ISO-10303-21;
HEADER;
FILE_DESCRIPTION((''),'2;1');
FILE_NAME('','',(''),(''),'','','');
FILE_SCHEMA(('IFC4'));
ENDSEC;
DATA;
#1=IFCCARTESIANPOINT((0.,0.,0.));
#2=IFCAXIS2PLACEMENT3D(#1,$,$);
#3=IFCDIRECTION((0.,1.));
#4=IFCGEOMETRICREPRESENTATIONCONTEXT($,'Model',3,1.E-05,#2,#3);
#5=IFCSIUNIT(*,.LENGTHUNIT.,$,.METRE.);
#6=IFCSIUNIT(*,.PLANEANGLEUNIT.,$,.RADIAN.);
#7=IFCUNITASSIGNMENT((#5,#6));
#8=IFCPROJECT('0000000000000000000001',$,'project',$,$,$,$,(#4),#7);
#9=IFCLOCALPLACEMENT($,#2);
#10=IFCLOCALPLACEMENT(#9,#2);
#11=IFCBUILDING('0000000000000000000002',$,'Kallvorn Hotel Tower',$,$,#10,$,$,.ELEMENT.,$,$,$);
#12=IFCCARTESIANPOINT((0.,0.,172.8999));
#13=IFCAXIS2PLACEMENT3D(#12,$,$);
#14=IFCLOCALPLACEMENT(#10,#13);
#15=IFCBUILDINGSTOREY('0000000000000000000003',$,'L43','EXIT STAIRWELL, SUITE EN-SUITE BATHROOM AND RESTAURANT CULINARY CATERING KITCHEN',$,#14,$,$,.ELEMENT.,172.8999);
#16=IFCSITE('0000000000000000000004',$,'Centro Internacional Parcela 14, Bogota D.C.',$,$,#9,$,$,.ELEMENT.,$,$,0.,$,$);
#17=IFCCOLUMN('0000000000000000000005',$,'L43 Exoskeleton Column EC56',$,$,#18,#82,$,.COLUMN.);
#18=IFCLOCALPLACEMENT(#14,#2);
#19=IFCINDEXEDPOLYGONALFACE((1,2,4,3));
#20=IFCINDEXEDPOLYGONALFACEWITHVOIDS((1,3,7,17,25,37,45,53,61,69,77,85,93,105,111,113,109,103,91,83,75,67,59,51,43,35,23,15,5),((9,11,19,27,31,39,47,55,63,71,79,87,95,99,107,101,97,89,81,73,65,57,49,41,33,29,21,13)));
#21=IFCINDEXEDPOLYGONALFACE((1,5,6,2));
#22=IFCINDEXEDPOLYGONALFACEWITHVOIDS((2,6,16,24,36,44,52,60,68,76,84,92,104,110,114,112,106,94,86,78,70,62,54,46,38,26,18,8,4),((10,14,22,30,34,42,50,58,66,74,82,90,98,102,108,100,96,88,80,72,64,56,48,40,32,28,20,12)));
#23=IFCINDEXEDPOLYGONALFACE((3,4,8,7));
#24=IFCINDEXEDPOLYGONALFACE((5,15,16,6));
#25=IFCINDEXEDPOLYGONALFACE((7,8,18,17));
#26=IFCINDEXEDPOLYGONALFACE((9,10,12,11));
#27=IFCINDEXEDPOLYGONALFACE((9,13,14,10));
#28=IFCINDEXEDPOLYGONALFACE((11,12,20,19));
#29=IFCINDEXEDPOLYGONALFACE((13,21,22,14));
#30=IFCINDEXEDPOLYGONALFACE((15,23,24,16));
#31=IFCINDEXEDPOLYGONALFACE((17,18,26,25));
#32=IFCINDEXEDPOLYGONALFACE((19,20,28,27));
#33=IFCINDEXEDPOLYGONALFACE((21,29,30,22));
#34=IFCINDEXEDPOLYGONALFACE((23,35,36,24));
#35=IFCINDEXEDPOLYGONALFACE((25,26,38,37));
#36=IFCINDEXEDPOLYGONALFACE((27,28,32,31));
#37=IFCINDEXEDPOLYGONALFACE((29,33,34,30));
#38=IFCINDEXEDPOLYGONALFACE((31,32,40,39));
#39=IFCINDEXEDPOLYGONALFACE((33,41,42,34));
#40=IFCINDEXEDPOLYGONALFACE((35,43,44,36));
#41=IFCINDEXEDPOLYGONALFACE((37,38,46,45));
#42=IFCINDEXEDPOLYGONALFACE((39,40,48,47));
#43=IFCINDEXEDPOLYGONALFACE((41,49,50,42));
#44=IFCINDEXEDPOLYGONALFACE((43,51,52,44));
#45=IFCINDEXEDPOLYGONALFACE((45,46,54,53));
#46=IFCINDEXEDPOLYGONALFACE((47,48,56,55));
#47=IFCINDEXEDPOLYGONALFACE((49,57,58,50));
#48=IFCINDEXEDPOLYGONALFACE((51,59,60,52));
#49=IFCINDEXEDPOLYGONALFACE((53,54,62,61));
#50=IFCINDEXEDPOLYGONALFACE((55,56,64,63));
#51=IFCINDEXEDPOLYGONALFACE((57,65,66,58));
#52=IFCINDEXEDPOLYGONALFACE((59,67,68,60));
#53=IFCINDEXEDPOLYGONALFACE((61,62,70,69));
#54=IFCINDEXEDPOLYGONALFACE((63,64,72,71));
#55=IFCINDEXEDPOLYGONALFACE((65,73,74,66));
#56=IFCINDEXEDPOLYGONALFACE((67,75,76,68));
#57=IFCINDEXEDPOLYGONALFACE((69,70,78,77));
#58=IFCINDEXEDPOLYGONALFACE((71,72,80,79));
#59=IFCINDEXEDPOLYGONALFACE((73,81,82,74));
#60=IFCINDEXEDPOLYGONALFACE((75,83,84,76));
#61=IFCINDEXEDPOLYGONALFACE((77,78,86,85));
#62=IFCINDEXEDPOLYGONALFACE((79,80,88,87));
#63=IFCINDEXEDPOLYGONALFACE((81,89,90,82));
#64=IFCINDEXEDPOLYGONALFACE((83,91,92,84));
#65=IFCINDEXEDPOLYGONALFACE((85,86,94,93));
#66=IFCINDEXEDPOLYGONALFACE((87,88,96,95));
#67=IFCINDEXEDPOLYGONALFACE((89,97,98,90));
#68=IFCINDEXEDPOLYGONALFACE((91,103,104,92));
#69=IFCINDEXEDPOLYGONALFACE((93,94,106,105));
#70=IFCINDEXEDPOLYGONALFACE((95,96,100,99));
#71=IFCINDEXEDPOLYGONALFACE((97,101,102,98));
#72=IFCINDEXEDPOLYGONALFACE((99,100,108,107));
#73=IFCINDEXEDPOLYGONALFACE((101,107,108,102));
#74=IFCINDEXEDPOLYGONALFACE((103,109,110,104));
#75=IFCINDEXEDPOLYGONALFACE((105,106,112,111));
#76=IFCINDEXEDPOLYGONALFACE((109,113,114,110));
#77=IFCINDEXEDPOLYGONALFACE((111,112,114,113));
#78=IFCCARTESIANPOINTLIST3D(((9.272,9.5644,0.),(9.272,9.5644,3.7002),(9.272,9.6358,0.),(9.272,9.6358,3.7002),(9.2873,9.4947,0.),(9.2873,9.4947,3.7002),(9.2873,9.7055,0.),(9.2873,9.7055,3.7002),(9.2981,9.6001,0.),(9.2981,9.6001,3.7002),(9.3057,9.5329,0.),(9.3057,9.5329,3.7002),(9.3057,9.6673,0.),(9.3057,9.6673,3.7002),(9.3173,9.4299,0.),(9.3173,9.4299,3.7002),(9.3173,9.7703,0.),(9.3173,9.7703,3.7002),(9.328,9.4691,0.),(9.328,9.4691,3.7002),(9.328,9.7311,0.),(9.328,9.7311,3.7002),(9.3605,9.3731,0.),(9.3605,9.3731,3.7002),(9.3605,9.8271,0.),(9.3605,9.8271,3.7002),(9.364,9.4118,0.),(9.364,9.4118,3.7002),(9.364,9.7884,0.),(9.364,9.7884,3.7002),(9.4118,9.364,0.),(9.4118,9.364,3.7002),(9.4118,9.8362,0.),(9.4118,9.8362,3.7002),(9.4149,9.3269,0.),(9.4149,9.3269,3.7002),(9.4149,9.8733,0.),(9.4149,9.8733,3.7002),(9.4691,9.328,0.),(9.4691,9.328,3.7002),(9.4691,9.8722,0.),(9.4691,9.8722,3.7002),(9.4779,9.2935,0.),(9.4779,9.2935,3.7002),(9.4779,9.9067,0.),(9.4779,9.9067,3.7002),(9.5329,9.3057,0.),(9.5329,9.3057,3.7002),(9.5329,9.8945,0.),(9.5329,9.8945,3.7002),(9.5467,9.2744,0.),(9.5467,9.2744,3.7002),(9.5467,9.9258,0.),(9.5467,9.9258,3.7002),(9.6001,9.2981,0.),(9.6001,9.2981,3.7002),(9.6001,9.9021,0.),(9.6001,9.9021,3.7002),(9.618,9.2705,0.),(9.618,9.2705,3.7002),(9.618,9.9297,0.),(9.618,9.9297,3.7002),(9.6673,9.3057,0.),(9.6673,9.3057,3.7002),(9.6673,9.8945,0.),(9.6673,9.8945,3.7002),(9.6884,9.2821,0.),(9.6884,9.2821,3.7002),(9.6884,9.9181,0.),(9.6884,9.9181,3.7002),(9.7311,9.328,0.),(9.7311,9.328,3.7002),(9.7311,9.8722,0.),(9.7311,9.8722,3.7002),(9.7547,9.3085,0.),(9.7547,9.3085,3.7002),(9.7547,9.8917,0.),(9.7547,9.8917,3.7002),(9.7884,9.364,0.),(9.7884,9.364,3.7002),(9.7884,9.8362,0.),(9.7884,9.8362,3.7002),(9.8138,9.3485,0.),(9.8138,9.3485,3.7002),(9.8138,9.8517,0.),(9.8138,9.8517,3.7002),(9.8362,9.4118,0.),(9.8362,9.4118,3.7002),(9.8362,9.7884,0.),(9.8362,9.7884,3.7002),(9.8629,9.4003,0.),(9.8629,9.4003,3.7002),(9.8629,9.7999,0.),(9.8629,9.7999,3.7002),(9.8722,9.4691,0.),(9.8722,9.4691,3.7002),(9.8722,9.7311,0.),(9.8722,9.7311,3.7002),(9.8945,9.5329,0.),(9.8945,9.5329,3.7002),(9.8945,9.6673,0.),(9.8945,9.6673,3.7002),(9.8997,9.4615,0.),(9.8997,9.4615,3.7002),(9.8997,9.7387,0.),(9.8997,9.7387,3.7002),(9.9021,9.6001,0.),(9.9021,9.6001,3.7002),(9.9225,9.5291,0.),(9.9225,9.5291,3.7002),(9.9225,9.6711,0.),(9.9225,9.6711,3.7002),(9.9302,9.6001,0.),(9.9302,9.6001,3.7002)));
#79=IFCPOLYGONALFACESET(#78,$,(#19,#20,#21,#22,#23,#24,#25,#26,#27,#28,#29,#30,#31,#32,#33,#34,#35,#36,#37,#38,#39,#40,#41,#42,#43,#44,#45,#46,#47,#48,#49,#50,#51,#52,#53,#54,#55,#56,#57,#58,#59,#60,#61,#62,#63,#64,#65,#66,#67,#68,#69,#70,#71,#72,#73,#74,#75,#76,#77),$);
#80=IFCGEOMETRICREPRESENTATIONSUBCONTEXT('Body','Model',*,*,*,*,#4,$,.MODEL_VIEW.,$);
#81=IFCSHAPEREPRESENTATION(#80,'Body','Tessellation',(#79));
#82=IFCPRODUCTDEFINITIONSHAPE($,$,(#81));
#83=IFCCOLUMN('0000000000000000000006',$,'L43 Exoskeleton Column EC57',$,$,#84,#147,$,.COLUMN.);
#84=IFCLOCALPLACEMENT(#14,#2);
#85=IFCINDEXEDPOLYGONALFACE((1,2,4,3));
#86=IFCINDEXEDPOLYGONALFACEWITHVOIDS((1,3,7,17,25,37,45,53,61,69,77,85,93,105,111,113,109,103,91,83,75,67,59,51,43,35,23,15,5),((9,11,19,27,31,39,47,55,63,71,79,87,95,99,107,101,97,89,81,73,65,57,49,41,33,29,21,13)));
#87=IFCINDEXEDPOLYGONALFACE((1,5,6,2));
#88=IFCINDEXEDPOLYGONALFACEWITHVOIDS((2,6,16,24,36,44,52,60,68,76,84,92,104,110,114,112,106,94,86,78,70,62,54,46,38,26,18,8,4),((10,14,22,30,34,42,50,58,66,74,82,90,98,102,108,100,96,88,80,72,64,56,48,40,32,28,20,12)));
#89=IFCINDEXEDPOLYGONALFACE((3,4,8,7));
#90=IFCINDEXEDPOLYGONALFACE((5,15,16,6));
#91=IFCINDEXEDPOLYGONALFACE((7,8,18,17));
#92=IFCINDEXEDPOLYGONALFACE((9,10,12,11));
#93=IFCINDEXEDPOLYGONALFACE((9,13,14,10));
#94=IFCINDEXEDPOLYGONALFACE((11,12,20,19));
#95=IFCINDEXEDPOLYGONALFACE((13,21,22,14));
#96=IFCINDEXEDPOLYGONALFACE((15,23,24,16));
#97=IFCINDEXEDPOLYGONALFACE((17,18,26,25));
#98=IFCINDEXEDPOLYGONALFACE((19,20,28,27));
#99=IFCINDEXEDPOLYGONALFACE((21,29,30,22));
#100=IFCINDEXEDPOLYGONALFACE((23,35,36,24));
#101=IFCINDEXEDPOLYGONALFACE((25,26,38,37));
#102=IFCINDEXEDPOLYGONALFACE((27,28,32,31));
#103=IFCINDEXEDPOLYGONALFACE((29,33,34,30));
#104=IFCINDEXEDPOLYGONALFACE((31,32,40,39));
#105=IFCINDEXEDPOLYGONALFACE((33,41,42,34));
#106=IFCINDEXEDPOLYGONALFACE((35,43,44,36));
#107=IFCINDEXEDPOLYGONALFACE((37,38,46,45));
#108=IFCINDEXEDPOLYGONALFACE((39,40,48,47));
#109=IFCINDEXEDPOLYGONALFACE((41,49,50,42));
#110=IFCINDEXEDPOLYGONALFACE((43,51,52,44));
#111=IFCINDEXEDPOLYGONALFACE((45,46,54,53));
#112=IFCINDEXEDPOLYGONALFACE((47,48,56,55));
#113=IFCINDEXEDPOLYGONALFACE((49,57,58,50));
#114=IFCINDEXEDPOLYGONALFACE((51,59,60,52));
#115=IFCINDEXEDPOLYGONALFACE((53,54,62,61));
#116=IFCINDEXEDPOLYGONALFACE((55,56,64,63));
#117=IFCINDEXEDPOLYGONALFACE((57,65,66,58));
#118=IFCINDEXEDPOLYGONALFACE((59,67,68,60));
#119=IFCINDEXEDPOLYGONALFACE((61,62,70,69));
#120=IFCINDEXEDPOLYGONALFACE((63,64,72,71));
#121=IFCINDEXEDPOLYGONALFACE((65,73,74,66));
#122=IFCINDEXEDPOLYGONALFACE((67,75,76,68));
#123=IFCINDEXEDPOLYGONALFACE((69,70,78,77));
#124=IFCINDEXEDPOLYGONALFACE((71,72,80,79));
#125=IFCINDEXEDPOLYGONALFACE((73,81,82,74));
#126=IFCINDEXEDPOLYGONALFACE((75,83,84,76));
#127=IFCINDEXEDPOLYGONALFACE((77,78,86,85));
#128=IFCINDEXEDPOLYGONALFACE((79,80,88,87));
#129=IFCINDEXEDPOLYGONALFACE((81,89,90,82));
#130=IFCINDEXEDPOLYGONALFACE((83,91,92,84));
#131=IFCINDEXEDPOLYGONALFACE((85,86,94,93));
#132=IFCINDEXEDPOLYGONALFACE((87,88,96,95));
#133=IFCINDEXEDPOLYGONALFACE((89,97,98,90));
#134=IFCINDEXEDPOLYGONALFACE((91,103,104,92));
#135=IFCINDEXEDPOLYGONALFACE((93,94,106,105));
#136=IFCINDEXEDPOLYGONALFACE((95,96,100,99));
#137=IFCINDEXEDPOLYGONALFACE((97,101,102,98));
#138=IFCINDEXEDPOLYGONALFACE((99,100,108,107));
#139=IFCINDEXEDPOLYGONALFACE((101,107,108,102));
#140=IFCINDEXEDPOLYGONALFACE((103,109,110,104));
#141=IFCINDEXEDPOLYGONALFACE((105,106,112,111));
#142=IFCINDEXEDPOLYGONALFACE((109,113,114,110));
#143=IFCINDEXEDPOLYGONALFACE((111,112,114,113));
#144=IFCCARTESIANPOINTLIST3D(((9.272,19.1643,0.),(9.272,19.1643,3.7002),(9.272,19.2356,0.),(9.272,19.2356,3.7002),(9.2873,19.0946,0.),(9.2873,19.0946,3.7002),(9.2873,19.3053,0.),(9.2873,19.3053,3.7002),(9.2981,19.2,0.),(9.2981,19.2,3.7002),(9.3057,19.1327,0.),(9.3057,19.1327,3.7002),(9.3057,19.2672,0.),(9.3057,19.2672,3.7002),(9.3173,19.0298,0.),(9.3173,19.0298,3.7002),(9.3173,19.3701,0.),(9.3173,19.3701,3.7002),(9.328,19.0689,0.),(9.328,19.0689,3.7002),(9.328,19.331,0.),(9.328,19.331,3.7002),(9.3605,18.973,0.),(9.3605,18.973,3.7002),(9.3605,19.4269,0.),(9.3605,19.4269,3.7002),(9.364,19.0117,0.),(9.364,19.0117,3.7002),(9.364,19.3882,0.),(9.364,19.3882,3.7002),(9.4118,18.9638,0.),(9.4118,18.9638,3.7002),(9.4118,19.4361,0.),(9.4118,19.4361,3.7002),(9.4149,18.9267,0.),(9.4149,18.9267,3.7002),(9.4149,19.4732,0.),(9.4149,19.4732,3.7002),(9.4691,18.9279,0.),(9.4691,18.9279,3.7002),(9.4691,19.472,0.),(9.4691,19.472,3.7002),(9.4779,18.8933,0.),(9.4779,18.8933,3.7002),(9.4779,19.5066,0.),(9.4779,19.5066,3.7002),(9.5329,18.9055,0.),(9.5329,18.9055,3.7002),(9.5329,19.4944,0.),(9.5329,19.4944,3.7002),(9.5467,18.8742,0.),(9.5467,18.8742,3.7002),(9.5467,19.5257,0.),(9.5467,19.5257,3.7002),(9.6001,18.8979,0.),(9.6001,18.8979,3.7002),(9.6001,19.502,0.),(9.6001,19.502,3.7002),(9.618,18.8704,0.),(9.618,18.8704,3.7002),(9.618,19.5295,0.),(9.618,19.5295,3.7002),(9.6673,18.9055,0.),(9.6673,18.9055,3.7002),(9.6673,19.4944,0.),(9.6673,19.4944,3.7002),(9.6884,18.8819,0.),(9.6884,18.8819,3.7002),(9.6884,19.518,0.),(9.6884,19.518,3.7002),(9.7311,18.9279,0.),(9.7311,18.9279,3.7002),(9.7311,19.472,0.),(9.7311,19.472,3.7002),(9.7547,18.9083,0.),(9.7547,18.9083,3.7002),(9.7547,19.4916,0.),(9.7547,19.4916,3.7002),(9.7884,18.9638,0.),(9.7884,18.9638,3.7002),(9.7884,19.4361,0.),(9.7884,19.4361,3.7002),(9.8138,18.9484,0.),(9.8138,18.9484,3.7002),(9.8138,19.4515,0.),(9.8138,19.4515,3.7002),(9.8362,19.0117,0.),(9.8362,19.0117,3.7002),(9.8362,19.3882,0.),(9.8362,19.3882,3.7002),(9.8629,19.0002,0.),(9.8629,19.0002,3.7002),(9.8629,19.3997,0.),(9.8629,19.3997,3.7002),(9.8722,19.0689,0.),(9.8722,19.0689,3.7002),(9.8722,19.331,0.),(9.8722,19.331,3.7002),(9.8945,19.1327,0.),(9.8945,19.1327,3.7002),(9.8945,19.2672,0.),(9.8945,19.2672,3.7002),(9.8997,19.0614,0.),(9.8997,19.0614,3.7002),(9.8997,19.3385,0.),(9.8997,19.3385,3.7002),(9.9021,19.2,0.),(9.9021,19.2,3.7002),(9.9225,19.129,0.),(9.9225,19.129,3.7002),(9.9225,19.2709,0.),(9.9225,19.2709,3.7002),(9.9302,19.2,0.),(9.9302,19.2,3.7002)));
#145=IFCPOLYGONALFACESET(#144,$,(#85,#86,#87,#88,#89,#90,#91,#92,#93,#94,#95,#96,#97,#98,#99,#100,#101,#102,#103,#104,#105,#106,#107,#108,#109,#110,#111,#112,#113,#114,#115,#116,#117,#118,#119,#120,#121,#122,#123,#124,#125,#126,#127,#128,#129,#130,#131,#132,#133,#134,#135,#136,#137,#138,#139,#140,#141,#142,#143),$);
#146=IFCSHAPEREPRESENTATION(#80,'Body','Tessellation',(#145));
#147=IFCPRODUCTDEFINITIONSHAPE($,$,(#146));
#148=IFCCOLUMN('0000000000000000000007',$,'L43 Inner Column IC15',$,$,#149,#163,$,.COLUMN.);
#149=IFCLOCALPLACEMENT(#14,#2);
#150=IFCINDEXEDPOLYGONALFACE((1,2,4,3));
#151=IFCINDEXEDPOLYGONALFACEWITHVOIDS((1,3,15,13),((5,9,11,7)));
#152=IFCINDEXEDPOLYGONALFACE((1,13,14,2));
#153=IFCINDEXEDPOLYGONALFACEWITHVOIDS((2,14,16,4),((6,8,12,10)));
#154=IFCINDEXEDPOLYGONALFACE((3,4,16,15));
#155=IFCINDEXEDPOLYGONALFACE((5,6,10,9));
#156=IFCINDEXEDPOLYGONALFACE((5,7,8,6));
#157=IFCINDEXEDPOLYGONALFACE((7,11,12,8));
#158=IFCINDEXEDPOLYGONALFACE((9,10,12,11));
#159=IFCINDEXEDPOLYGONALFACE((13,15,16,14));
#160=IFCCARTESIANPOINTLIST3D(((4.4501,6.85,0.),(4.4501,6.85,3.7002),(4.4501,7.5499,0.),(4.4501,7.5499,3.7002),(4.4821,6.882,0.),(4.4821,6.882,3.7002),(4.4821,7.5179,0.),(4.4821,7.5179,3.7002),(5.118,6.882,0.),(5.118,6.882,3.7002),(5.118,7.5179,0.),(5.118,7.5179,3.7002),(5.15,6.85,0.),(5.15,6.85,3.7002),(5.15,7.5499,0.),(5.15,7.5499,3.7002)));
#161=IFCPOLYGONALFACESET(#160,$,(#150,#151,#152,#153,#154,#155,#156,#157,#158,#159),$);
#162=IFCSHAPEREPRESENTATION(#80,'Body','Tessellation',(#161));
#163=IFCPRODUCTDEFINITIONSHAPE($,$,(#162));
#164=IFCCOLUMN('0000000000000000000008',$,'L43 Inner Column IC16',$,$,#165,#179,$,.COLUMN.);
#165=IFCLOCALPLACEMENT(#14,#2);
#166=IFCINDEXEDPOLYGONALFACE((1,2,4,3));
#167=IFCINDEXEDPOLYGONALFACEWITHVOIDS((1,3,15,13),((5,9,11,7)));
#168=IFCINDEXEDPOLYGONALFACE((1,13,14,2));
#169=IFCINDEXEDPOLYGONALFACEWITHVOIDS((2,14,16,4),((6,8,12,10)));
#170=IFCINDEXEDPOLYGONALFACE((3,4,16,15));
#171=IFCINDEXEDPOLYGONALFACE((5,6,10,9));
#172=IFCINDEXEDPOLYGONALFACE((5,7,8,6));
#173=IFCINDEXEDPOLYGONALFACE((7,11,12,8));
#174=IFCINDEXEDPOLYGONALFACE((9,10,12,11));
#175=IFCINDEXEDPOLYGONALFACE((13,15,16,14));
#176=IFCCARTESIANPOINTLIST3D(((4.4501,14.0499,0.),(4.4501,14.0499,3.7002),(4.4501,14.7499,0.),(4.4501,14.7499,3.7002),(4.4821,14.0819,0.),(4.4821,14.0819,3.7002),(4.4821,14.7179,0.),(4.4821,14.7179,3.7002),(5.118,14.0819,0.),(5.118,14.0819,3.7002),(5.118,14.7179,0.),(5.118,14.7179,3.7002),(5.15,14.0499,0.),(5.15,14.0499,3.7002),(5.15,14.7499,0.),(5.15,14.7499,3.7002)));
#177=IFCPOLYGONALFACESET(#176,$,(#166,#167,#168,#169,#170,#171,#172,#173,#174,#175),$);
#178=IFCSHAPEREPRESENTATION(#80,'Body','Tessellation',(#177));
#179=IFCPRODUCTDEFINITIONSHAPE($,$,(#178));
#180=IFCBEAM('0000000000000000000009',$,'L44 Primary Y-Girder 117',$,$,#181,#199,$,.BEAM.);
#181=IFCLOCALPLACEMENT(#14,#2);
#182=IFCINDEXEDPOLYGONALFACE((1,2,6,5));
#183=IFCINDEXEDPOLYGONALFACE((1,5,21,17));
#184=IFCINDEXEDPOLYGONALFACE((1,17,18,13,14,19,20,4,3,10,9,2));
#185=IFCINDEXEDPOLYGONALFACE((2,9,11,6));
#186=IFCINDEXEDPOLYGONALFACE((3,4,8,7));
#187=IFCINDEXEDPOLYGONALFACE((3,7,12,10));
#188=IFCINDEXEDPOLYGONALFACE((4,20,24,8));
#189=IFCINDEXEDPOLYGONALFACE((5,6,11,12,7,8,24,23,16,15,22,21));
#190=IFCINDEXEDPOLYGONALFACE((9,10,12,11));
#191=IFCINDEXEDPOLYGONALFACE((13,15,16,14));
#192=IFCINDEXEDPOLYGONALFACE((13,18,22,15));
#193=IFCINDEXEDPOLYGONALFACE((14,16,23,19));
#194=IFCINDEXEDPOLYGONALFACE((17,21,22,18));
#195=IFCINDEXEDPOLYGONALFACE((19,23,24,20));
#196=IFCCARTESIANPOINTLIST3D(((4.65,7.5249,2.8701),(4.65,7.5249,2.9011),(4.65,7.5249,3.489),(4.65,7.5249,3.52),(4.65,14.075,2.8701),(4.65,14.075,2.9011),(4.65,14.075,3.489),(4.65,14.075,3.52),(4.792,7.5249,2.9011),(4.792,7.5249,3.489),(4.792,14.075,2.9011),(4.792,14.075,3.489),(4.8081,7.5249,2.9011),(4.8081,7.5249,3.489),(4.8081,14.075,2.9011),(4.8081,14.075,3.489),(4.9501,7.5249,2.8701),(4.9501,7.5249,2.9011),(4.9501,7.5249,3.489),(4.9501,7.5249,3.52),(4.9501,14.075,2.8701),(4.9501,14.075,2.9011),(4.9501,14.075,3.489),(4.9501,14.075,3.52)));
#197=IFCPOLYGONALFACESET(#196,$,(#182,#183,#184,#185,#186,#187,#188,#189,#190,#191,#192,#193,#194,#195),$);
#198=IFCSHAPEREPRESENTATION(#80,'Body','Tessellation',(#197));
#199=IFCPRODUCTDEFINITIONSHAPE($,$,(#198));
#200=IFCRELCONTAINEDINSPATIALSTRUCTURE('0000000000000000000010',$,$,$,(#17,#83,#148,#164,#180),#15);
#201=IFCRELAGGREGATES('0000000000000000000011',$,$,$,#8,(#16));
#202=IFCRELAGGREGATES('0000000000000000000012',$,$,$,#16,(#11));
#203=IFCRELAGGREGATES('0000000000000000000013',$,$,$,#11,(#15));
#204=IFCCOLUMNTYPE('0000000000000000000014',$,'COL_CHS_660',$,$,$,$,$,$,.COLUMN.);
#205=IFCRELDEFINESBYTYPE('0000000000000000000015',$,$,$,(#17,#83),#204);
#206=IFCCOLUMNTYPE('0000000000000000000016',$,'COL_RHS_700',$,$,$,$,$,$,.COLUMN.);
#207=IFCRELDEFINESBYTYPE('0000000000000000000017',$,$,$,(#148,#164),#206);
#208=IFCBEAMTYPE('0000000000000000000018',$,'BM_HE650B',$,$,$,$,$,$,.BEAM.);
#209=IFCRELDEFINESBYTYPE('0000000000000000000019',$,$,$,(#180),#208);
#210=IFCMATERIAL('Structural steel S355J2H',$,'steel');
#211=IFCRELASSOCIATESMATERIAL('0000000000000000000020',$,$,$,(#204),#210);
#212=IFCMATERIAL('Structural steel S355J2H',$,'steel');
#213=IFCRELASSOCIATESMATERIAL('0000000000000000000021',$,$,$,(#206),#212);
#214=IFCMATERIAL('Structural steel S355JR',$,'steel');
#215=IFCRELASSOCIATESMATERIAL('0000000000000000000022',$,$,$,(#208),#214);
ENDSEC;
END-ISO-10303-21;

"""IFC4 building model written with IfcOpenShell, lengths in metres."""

from ifc_helpers import new_model, si_unit, direction, frame, origin, origin_2d, place, context, subcontext, project, spatial, hollow_rectangle, hollow_circle, i_section, extrude, material, material_profile, profile_set, type_object, element, save


model = new_model("IFC4")

# Units and contexts
model_context = context("Model", 3, precision=1e-05, world=origin(), true_north=direction((0.0, 1.0)))
body_context = subcontext(model_context, "Body", "Model", "MODEL_VIEW")
ifc_project = project(units=[si_unit("LENGTHUNIT", "METRE"), si_unit("PLANEANGLEUNIT", "RADIAN")], contexts=[model_context])

# Site, building, storey
site_placement = place(None, origin())
site = spatial("IfcSite", under=ifc_project, at=site_placement, Name="Centro Internacional Parcela 14, Bogota D.C.", CompositionType="ELEMENT", RefElevation=0.0)
building_placement = place(site_placement, origin())
building = spatial("IfcBuilding", under=site, at=building_placement, Name="Kallvorn Hotel Tower", CompositionType="ELEMENT")
storey_placement = place(building_placement, frame((0.0, 0.0, 172.8999)))
storey = spatial("IfcBuildingStorey", under=building, at=storey_placement, Name="L43", Description="EXIT STAIRWELL, SUITE EN-SUITE BATHROOM AND RESTAURANT CULINARY CATERING KITCHEN", CompositionType="ELEMENT", Elevation=172.8999)

# Columns
ifc_material_1 = material(Name="Structural steel S355J2H", Category="steel")
ifc_material_profile_1 = material_profile(ifc_material_1, hollow_circle(Radius=0.3301, WallThickness=0.0281, at=origin_2d()), Name="CHS 660x28")
ifc_profile_set_1 = profile_set([ifc_material_profile_1], Name="Structural steel S355J2H")
column_type_1 = type_object("IfcColumnType", Name="COL_CHS_660", PredefinedType="COLUMN", material=ifc_profile_set_1)
for number, where, z_axis, x_axis, name in (
    (1, (9.6001, 9.6001, 0.0), (0.0, 0.0, 1.0), (1.0, 0.0, 0.0), "L43 Exoskeleton Column EC56"),
    (2, (9.6001, 19.2, 0.0), (0.0, 0.0, 1.0), (1.0, 0.0, 0.0), "L43 Exoskeleton Column EC57"),
):
    element("IfcColumn", number, at=place(storey_placement, frame(where, z_axis=z_axis, x_axis=x_axis)), inside=storey, type_object=column_type_1, Name=name, PredefinedType="COLUMN", context=body_context, shape_type="SweptSolid", body=[
        extrude(hollow_circle(Radius=0.3301, WallThickness=0.0281, at=origin_2d()), origin(), (0.0, 0.0, 1.0), 3.7002),
    ])
ifc_material_2 = material(Name="Structural steel S355J2H", Category="steel")
ifc_material_profile_2 = material_profile(ifc_material_2, hollow_rectangle(XDim=0.7, YDim=0.7, WallThickness=0.032, at=origin_2d()), Name="RHS 700x700x32")
ifc_profile_set_2 = profile_set([ifc_material_profile_2], Name="Structural steel S355J2H")
column_type_2 = type_object("IfcColumnType", Name="COL_RHS_700", PredefinedType="COLUMN", material=ifc_profile_set_2)
for number, where, z_axis, x_axis, name in (
    (3, (4.8, 7.2, 0.0), (0.0, 0.0, 1.0), (1.0, 0.0, 0.0), "L43 Inner Column IC15"),
    (4, (4.8, 14.3999, 0.0), (0.0, 0.0, 1.0), (1.0, 0.0, 0.0), "L43 Inner Column IC16"),
):
    element("IfcColumn", number, at=place(storey_placement, frame(where, z_axis=z_axis, x_axis=x_axis)), inside=storey, type_object=column_type_2, Name=name, PredefinedType="COLUMN", context=body_context, shape_type="SweptSolid", body=[
        extrude(hollow_rectangle(XDim=0.7, YDim=0.7, WallThickness=0.032, at=origin_2d()), origin(), (0.0, 0.0, 1.0), 3.7002),
    ])

# Beam
ifc_material_3 = material(Name="Structural steel S355JR", Category="steel")
ifc_material_profile_3 = material_profile(ifc_material_3, i_section(OverallWidth=0.3, OverallDepth=0.6499, WebThickness=0.0161, FlangeThickness=0.031, at=origin_2d()), Name="HE 650 B")
ifc_profile_set_3 = profile_set([ifc_material_profile_3], Name="Structural steel S355JR")
beam_type_1 = type_object("IfcBeamType", Name="BM_HE650B", PredefinedType="BEAM", material=ifc_profile_set_3)
beam_1_placement = place(storey_placement, frame((4.8, 7.5249, 3.1951), z_axis=(0.0, 1.0, 0.0), x_axis=(-1.0, 0.0, 0.0)))
element("IfcBeam", 5, at=beam_1_placement, inside=storey, type_object=beam_type_1, Name="L44 Primary Y-Girder 117", PredefinedType="BEAM", context=body_context, shape_type="SweptSolid", body=[
    extrude(i_section(OverallWidth=0.3, OverallDepth=0.6499, WebThickness=0.0161, FlangeThickness=0.031, at=origin_2d()), origin(), (0.0, 0.0, 1.0), 6.55),
])

save(model, "model.ifc")
